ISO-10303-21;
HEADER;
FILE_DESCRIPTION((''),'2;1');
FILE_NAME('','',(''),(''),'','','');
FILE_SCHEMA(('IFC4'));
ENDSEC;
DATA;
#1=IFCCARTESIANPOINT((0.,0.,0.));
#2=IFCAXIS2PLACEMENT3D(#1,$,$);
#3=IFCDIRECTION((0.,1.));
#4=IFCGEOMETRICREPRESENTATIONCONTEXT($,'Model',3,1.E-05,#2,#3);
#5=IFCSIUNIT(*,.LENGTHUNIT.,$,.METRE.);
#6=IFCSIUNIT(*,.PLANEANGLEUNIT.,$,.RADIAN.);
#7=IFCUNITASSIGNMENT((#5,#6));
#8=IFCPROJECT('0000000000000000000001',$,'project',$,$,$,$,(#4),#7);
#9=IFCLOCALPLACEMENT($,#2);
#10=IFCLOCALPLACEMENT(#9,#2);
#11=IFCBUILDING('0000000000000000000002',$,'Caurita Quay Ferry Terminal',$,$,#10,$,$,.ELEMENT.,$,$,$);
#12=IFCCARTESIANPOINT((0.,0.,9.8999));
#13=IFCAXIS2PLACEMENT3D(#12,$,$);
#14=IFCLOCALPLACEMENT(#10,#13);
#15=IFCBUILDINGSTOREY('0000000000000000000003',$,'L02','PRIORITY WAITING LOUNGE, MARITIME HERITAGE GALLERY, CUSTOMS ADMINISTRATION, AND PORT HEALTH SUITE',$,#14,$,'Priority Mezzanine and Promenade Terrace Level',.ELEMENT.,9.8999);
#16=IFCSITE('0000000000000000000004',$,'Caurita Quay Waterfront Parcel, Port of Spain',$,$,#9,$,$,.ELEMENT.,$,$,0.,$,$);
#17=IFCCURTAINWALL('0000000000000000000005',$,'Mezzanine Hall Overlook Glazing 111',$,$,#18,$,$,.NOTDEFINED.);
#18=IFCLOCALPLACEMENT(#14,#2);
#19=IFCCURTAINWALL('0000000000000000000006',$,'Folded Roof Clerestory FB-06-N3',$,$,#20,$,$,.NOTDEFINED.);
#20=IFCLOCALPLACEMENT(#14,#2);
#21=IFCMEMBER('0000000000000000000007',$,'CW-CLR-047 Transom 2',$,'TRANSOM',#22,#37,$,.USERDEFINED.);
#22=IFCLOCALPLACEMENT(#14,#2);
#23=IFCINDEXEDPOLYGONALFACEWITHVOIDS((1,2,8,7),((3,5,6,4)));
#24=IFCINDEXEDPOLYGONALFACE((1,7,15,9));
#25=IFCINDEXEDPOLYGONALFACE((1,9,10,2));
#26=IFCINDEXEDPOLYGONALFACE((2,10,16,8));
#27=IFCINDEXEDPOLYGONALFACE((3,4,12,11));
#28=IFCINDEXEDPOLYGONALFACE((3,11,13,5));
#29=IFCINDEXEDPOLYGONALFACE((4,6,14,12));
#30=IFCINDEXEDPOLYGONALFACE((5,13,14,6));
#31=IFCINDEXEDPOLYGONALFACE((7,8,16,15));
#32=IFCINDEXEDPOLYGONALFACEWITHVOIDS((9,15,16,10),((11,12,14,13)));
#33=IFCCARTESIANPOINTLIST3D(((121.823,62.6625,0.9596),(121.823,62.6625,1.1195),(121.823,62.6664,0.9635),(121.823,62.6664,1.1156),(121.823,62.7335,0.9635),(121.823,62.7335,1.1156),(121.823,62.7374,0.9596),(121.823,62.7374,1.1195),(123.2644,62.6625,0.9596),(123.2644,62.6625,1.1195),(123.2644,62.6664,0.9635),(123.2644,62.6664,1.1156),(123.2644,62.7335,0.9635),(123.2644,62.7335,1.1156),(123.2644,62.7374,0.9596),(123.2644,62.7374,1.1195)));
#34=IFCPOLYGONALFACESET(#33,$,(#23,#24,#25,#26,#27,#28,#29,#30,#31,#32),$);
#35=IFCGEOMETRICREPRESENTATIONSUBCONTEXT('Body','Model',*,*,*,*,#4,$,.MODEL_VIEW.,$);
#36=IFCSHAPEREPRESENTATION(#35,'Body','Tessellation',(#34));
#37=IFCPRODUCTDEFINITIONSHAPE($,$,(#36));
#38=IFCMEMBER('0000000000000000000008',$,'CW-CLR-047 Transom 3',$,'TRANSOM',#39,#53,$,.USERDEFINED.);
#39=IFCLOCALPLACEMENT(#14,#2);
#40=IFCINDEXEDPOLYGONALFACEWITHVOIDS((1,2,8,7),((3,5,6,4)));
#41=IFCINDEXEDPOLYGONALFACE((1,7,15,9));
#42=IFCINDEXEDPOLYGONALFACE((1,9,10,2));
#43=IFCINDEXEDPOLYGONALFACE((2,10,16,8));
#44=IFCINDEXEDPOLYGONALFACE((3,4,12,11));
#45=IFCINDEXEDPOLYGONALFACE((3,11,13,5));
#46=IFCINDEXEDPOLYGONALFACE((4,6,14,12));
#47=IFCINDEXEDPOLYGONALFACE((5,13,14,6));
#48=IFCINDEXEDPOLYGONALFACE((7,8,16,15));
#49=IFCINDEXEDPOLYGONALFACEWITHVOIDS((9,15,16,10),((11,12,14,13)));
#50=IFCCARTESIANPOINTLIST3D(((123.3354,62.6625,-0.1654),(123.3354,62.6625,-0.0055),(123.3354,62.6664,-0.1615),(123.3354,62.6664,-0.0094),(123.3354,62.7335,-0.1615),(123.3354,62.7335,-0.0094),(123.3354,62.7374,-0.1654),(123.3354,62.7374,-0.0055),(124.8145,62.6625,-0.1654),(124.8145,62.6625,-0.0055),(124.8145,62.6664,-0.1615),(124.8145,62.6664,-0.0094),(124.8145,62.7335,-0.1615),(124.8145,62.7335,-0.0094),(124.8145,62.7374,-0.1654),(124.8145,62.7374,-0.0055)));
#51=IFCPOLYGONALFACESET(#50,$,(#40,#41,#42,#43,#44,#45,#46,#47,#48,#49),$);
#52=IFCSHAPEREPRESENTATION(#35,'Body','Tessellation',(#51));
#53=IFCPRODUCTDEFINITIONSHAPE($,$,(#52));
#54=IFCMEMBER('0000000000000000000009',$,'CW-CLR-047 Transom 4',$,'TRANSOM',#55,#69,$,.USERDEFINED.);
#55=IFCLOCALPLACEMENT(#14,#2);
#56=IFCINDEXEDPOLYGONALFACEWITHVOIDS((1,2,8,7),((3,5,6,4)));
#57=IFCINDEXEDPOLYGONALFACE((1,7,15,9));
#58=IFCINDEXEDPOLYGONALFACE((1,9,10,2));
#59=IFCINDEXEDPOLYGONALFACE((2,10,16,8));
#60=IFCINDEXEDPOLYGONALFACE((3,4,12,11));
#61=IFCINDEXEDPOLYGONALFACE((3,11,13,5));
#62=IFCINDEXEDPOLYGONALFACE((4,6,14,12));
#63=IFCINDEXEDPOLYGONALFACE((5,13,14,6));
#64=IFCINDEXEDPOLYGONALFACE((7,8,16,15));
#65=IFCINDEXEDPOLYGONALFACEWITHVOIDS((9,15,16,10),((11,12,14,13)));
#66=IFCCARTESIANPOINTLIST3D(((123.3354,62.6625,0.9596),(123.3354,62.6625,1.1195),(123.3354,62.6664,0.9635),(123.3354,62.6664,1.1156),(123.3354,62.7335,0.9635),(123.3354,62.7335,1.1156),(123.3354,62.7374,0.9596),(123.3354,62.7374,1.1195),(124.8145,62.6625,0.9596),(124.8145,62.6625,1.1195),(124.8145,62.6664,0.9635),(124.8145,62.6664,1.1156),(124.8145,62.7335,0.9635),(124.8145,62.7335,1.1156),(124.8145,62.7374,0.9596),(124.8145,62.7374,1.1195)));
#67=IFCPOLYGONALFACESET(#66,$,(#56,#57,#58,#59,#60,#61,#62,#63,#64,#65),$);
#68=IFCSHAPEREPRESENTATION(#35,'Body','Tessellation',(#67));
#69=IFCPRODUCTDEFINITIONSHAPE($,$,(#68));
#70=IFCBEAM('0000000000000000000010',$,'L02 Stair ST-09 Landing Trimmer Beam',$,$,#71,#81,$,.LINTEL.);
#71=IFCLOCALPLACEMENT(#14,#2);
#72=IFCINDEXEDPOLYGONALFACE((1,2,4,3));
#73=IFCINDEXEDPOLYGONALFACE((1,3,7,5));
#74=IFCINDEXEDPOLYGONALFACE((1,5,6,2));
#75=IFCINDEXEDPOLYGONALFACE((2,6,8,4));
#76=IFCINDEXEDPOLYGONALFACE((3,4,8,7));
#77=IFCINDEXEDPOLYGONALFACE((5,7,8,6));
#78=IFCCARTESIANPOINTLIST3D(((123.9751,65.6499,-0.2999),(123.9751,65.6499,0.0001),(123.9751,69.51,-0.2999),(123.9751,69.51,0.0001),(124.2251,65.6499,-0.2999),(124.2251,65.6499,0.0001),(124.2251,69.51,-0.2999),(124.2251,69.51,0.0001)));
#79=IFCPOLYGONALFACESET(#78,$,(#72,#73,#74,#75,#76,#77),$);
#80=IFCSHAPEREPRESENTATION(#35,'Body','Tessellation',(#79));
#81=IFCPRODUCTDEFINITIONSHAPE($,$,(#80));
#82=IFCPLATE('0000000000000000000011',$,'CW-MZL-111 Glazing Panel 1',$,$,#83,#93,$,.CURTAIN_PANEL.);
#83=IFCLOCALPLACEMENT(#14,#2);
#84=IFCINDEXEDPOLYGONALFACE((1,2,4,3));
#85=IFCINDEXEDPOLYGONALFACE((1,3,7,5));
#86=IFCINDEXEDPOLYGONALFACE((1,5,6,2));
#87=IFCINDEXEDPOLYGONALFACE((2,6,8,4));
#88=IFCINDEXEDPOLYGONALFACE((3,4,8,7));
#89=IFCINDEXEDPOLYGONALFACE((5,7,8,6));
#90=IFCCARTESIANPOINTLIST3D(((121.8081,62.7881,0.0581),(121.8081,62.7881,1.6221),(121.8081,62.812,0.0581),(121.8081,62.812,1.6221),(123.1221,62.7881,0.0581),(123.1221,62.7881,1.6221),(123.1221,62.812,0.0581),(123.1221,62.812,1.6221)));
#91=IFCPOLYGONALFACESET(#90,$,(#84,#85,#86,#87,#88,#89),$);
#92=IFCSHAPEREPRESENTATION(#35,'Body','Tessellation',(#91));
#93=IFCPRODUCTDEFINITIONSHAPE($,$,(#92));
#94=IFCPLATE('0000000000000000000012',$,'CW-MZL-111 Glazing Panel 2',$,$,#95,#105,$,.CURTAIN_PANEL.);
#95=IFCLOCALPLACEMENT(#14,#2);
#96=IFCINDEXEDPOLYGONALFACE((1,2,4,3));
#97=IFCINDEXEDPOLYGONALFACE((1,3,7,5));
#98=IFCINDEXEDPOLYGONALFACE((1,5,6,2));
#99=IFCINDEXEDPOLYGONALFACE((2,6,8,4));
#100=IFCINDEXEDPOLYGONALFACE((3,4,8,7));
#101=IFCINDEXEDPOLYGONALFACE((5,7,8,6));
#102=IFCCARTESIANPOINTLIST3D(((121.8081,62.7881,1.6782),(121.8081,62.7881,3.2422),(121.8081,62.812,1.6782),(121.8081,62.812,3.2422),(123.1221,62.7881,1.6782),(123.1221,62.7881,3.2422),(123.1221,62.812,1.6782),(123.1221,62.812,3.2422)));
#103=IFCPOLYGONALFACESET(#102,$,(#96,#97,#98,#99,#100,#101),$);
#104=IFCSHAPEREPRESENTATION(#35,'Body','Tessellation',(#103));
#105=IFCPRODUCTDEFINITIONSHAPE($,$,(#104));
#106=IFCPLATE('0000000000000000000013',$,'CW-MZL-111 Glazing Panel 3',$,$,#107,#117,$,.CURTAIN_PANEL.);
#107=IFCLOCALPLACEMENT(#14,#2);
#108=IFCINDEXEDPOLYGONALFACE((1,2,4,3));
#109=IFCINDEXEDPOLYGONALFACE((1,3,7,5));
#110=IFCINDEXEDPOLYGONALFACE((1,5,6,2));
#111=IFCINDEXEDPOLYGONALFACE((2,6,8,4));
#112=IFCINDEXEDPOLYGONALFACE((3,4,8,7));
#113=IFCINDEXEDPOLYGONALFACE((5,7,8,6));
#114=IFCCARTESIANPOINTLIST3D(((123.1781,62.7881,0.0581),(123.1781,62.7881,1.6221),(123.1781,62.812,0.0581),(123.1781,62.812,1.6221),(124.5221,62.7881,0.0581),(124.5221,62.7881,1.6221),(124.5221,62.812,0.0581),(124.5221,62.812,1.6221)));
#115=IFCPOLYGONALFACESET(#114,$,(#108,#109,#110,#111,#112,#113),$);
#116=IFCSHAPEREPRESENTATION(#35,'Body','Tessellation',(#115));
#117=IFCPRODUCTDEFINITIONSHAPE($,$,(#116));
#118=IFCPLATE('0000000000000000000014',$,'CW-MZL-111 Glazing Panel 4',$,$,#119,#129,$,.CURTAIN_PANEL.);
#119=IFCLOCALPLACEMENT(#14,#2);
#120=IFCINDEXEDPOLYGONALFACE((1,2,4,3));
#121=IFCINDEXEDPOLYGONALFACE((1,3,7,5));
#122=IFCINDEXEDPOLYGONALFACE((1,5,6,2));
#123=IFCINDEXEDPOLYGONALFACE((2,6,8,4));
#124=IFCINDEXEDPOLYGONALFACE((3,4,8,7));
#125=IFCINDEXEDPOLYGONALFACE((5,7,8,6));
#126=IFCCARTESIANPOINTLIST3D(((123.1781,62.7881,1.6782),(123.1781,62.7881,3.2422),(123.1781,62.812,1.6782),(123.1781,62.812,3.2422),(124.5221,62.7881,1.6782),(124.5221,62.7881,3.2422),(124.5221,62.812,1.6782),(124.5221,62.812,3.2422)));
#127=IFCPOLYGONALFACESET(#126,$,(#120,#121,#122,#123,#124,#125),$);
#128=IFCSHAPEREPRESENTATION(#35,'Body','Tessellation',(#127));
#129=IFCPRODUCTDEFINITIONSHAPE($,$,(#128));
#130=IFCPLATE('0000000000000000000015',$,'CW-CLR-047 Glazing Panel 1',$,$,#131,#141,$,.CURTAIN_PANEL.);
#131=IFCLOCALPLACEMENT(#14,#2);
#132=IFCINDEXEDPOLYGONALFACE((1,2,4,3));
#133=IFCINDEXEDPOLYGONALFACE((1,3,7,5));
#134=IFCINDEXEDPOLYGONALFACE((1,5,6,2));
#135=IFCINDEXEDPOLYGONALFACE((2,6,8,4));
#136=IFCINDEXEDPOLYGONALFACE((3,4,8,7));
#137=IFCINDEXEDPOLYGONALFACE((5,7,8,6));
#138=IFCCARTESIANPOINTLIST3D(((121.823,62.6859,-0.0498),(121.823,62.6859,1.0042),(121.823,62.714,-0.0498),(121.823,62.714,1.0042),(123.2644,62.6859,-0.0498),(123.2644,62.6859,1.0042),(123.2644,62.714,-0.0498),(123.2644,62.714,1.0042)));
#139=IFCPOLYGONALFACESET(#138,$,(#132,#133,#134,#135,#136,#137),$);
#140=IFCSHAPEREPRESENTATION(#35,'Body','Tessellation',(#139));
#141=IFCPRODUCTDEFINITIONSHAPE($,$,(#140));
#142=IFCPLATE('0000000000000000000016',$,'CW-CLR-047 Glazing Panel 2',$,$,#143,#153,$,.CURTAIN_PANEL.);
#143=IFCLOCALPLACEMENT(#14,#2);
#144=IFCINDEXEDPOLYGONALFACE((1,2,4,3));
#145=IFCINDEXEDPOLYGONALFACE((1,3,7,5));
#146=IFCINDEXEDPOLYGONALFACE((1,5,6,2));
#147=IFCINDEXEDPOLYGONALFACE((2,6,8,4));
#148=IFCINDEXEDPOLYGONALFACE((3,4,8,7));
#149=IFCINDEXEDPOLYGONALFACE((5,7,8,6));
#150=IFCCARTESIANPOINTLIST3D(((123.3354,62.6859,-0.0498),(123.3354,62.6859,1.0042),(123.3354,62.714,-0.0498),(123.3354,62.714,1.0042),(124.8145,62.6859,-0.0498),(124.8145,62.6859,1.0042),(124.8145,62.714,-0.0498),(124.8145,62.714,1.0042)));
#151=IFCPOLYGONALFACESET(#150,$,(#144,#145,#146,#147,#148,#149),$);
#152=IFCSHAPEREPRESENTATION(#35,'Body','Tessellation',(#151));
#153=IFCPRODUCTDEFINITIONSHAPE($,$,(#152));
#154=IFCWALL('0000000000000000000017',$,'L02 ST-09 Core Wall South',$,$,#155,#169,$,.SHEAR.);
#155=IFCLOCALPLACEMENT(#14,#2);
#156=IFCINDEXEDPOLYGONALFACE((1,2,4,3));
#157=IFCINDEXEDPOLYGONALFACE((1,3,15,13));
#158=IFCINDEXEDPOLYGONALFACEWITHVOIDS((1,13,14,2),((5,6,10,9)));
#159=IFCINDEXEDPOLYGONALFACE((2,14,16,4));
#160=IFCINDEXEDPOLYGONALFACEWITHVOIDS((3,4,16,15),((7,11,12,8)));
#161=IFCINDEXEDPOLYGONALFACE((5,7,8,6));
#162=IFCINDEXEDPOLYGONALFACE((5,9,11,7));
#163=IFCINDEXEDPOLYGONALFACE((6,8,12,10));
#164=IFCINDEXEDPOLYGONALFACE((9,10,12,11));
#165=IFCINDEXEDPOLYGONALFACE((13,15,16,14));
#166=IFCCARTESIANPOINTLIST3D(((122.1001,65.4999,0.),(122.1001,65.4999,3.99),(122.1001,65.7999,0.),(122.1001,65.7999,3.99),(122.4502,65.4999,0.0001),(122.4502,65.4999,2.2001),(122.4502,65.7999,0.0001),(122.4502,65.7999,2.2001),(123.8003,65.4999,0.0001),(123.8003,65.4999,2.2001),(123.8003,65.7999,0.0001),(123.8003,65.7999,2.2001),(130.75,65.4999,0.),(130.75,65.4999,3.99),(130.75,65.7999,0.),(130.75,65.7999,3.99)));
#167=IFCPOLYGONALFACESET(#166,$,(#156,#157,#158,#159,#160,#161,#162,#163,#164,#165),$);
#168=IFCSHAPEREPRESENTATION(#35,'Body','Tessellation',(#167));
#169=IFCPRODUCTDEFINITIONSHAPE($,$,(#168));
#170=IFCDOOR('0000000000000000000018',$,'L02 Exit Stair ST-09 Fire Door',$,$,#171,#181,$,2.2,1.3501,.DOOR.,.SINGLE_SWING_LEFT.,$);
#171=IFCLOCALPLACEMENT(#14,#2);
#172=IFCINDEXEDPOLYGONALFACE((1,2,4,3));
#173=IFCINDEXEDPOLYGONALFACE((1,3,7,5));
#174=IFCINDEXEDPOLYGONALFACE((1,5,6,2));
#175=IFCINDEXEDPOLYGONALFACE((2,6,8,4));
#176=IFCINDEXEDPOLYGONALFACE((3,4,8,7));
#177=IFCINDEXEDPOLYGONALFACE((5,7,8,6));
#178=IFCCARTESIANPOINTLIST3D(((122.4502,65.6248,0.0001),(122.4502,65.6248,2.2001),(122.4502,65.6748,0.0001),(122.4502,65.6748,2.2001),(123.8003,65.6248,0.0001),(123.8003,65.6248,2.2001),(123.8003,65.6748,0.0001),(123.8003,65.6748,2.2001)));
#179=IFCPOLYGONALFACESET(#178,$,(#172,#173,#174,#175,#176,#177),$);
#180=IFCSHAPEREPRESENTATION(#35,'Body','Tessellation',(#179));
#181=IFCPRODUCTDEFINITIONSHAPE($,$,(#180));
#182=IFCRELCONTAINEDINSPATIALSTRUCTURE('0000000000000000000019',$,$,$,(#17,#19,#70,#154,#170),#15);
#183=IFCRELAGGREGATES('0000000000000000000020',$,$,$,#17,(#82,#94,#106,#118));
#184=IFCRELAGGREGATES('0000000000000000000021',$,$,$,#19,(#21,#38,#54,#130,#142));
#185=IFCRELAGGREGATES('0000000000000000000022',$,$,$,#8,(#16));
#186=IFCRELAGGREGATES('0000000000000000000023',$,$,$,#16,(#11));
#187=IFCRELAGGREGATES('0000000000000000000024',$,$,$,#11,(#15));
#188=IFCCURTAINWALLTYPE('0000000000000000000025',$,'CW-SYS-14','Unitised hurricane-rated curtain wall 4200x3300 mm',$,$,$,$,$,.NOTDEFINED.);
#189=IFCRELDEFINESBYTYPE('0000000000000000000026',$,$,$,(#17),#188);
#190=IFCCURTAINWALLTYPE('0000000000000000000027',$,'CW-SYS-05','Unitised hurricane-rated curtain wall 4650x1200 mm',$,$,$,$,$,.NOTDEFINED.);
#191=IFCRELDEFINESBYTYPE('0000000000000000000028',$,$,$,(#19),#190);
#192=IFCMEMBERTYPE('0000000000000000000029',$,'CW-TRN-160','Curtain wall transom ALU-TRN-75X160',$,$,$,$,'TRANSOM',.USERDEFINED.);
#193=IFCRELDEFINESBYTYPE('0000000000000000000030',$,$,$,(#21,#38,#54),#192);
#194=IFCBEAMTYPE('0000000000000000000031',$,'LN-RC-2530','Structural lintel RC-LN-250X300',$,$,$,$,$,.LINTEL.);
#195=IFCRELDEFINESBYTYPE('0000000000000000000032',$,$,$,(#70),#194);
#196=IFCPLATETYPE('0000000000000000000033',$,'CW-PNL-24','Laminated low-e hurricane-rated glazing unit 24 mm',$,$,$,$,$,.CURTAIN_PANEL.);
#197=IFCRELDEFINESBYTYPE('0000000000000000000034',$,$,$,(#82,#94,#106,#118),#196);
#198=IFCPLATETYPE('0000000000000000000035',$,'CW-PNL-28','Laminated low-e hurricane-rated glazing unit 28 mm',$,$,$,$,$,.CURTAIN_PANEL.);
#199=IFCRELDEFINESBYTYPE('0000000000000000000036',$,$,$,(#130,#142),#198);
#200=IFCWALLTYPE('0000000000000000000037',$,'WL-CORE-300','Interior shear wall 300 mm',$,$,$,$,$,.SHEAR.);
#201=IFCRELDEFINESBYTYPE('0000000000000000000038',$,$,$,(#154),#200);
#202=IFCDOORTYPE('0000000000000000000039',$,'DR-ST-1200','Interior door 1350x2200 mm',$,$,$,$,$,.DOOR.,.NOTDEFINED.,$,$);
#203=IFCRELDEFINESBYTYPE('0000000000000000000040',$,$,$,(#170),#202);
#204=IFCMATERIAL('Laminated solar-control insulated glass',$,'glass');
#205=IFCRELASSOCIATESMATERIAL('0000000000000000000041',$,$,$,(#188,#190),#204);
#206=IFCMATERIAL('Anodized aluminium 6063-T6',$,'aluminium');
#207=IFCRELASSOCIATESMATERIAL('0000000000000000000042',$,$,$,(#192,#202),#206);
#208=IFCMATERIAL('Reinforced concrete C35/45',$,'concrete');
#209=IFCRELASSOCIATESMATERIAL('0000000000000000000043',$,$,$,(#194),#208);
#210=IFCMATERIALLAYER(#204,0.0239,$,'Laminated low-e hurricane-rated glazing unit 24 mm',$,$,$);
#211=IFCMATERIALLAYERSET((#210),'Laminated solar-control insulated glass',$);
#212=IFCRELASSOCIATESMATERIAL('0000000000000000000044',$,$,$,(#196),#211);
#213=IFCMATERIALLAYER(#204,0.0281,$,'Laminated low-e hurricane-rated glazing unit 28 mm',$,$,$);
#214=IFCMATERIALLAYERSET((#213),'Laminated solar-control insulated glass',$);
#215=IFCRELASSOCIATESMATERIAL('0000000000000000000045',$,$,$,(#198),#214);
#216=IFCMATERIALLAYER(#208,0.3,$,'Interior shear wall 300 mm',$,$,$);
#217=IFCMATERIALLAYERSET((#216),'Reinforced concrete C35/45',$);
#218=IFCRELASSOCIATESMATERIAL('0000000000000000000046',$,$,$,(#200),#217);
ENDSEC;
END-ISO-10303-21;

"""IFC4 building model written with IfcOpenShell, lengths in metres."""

from ifc_helpers import new_model, si_unit, direction, frame, frame_2d, origin, origin_2d, place, context, subcontext, project, spatial, rectangle, hollow_rectangle, extrude, material, layer, layer_set, material_profile, profile_set, type_object, element, fill, aggregate, save


model = new_model("IFC4")

# Units and contexts
model_context = context("Model", 3, precision=1e-05, world=origin(), true_north=direction((0.0, 1.0)))
body_context = subcontext(model_context, "Body", "Model", "MODEL_VIEW")
ifc_project = project(units=[si_unit("LENGTHUNIT", "METRE"), si_unit("PLANEANGLEUNIT", "RADIAN")], contexts=[model_context])

# Site, building, storey
site_placement = place(None, origin())
site = spatial("IfcSite", under=ifc_project, at=site_placement, Name="Caurita Quay Waterfront Parcel, Port of Spain", CompositionType="ELEMENT", RefElevation=0.0)
building_placement = place(site_placement, origin())
building = spatial("IfcBuilding", under=site, at=building_placement, Name="Caurita Quay Ferry Terminal", CompositionType="ELEMENT")
storey_placement = place(building_placement, frame((0.0, 0.0, 9.8999)))
storey = spatial("IfcBuildingStorey", under=building, at=storey_placement, Name="L02", Description="PRIORITY WAITING LOUNGE, MARITIME HERITAGE GALLERY, CUSTOMS ADMINISTRATION, AND PORT HEALTH SUITE", LongName="Priority Mezzanine and Promenade Terrace Level", CompositionType="ELEMENT", Elevation=9.8999)

# Curtain wall
ifc_material_1 = material(Name="Laminated solar-control insulated glass", Category="glass")
curtain_wall_type_1 = type_object("IfcCurtainWallType", Name="CW-SYS-14", Description="Unitised hurricane-rated curtain wall 4200x3300 mm", PredefinedType="NOTDEFINED", material=ifc_material_1)
curtain_wall_1_placement = place(storey_placement, origin())
curtain_wall_1 = element("IfcCurtainWall", 1, at=curtain_wall_1_placement, inside=storey, type_object=curtain_wall_type_1, Name="Mezzanine Hall Overlook Glazing 111", PredefinedType="NOTDEFINED")
ifc_material_2 = material(Name="Anodized aluminium 6063-T6", Category="aluminium")

# Curtain wall
curtain_wall_type_2 = type_object("IfcCurtainWallType", Name="CW-SYS-05", Description="Unitised hurricane-rated curtain wall 4650x1200 mm", PredefinedType="NOTDEFINED", material=ifc_material_1)
curtain_wall_2_placement = place(storey_placement, origin())
curtain_wall_2 = element("IfcCurtainWall", 2, at=curtain_wall_2_placement, inside=storey, type_object=curtain_wall_type_2, Name="Folded Roof Clerestory FB-06-N3", PredefinedType="NOTDEFINED")

# Members
ifc_material_profile_1 = material_profile(ifc_material_2, hollow_rectangle(XDim=0.075, YDim=0.1599, WallThickness=0.0039, at=origin_2d()), Name="ALU-TRN-75X160")
ifc_profile_set_1 = profile_set([ifc_material_profile_1], Name="Anodized aluminium 6063-T6")
member_type_1 = type_object("IfcMemberType", Name="CW-TRN-160", Description="Curtain wall transom ALU-TRN-75X160", ElementType="TRANSOM", PredefinedType="USERDEFINED", material=ifc_profile_set_1)
member_1_placement = place(storey_placement, frame((121.823, 62.7, 1.0396), z_axis=(1.0, 0.0, 0.0), x_axis=(0.0, 1.0, 0.0)))
member_1 = element("IfcMember", 3, at=member_1_placement, type_object=member_type_1, Name="CW-CLR-047 Transom 2", ObjectType="TRANSOM", PredefinedType="USERDEFINED", context=body_context, shape_type="SweptSolid", body=[
    extrude(hollow_rectangle(XDim=0.075, YDim=0.1599, WallThickness=0.0039, at=origin_2d()), origin(), (0.0, 0.0, 1.0), 1.4414),
])
member_2_placement = place(storey_placement, frame((123.3354, 62.7, -0.0854), z_axis=(1.0, 0.0, 0.0), x_axis=(0.0, 1.0, 0.0)))
member_2 = element("IfcMember", 4, at=member_2_placement, type_object=member_type_1, Name="CW-CLR-047 Transom 3", ObjectType="TRANSOM", PredefinedType="USERDEFINED", context=body_context, shape_type="SweptSolid", body=[
    extrude(hollow_rectangle(XDim=0.075, YDim=0.1599, WallThickness=0.0039, at=origin_2d()), origin(), (0.0, 0.0, 1.0), 1.479),
])
member_3_placement = place(storey_placement, frame((123.3354, 62.7, 1.0396), z_axis=(1.0, 0.0, 0.0), x_axis=(0.0, 1.0, 0.0)))
member_3 = element("IfcMember", 5, at=member_3_placement, type_object=member_type_1, Name="CW-CLR-047 Transom 4", ObjectType="TRANSOM", PredefinedType="USERDEFINED", context=body_context, shape_type="SweptSolid", body=[
    extrude(hollow_rectangle(XDim=0.075, YDim=0.1599, WallThickness=0.0039, at=origin_2d()), origin(), (0.0, 0.0, 1.0), 1.479),
])

# Beam
ifc_material_3 = material(Name="Reinforced concrete C35/45", Category="concrete")
ifc_material_profile_2 = material_profile(ifc_material_3, rectangle(XDim=0.25, YDim=0.3, at=origin_2d()), Name="RC-LN-250X300")
ifc_profile_set_2 = profile_set([ifc_material_profile_2], Name="Reinforced concrete C35/45")
beam_type = type_object("IfcBeamType", Name="LN-RC-2530", Description="Structural lintel RC-LN-250X300", PredefinedType="LINTEL", material=ifc_profile_set_2)
beam_placement = place(storey_placement, frame((124.1001, 65.6499, -0.1499), z_axis=(0.0, 1.0, 0.0), x_axis=(-1.0, 0.0, 0.0)))
element("IfcBeam", 6, at=beam_placement, inside=storey, type_object=beam_type, Name="L02 Stair ST-09 Landing Trimmer Beam", PredefinedType="LINTEL", context=body_context, shape_type="SweptSolid", body=[
    extrude(rectangle(XDim=0.25, YDim=0.3, at=origin_2d()), origin(), (0.0, 0.0, 1.0), 3.8601),
])

# Plates
ifc_layer_1 = layer(ifc_material_1, 0.0239, Name="Laminated low-e hurricane-rated glazing unit 24 mm")
ifc_layer_set_1 = layer_set([ifc_layer_1], Name="Laminated solar-control insulated glass")
plate_type_1 = type_object("IfcPlateType", Name="CW-PNL-24", Description="Laminated low-e hurricane-rated glazing unit 24 mm", PredefinedType="CURTAIN_PANEL", material=ifc_layer_set_1)
plate_1_placement = place(storey_placement, frame((122.4651, 62.8, 0.0581), z_axis=(0.0, 0.0, 1.0), x_axis=(1.0, 0.0, 0.0)))
plate_1 = element("IfcPlate", 7, at=plate_1_placement, type_object=plate_type_1, Name="CW-MZL-111 Glazing Panel 1", PredefinedType="CURTAIN_PANEL", context=body_context, shape_type="SweptSolid", body=[
    extrude(rectangle(XDim=1.314, YDim=0.0239, at=origin_2d()), origin(), (0.0, 0.0, 1.0), 1.564),
])
plate_2_placement = place(storey_placement, frame((122.4651, 62.8, 1.6782), z_axis=(0.0, 0.0, 1.0), x_axis=(1.0, 0.0, 0.0)))
plate_2 = element("IfcPlate", 8, at=plate_2_placement, type_object=plate_type_1, Name="CW-MZL-111 Glazing Panel 2", PredefinedType="CURTAIN_PANEL", context=body_context, shape_type="SweptSolid", body=[
    extrude(rectangle(XDim=1.314, YDim=0.0239, at=origin_2d()), origin(), (0.0, 0.0, 1.0), 1.564),
])
plate_3_placement = place(storey_placement, frame((123.8501, 62.8, 0.0581), z_axis=(0.0, 0.0, 1.0), x_axis=(1.0, 0.0, 0.0)))
plate_3 = element("IfcPlate", 9, at=plate_3_placement, type_object=plate_type_1, Name="CW-MZL-111 Glazing Panel 3", PredefinedType="CURTAIN_PANEL", context=body_context, shape_type="SweptSolid", body=[
    extrude(rectangle(XDim=1.344, YDim=0.0239, at=origin_2d()), origin(), (0.0, 0.0, 1.0), 1.564),
])
plate_4_placement = place(storey_placement, frame((123.8501, 62.8, 1.6782), z_axis=(0.0, 0.0, 1.0), x_axis=(1.0, 0.0, 0.0)))
plate_4 = element("IfcPlate", 10, at=plate_4_placement, type_object=plate_type_1, Name="CW-MZL-111 Glazing Panel 4", PredefinedType="CURTAIN_PANEL", context=body_context, shape_type="SweptSolid", body=[
    extrude(rectangle(XDim=1.344, YDim=0.0239, at=origin_2d()), origin(), (0.0, 0.0, 1.0), 1.564),
])
aggregate(curtain_wall_1, [plate_1, plate_2, plate_3, plate_4])
ifc_layer_2 = layer(ifc_material_1, 0.0281, Name="Laminated low-e hurricane-rated glazing unit 28 mm")
ifc_layer_set_2 = layer_set([ifc_layer_2], Name="Laminated solar-control insulated glass")
plate_type_2 = type_object("IfcPlateType", Name="CW-PNL-28", Description="Laminated low-e hurricane-rated glazing unit 28 mm", PredefinedType="CURTAIN_PANEL", material=ifc_layer_set_2)
plate_5_placement = place(storey_placement, frame((122.5437, 62.7, -0.0498), z_axis=(0.0, 0.0, 1.0), x_axis=(1.0, 0.0, 0.0)))
plate_5 = element("IfcPlate", 11, at=plate_5_placement, type_object=plate_type_2, Name="CW-CLR-047 Glazing Panel 1", PredefinedType="CURTAIN_PANEL", context=body_context, shape_type="SweptSolid", body=[
    extrude(rectangle(XDim=1.4414, YDim=0.0281, at=origin_2d()), origin(), (0.0, 0.0, 1.0), 1.054),
])
plate_6_placement = place(storey_placement, frame((124.075, 62.7, -0.0498), z_axis=(0.0, 0.0, 1.0), x_axis=(1.0, 0.0, 0.0)))
plate_6 = element("IfcPlate", 12, at=plate_6_placement, type_object=plate_type_2, Name="CW-CLR-047 Glazing Panel 2", PredefinedType="CURTAIN_PANEL", context=body_context, shape_type="SweptSolid", body=[
    extrude(rectangle(XDim=1.479, YDim=0.0281, at=origin_2d()), origin(), (0.0, 0.0, 1.0), 1.054),
])
aggregate(curtain_wall_2, [member_1, member_2, member_3, plate_5, plate_6])

# Wall, opening, door
ifc_layer_3 = layer(ifc_material_3, 0.3, Name="Interior shear wall 300 mm")
ifc_layer_set_3 = layer_set([ifc_layer_3], Name="Reinforced concrete C35/45")
wall_type = type_object("IfcWallType", Name="WL-CORE-300", Description="Interior shear wall 300 mm", PredefinedType="SHEAR", material=ifc_layer_set_3)
wall_placement = place(storey_placement, frame((122.1001, 65.6499, 0.0), z_axis=(0.0, 0.0, 1.0), x_axis=(1.0, 0.0, 0.0)))
wall = element("IfcWall", 13, at=wall_placement, inside=storey, type_object=wall_type, Name="L02 ST-09 Core Wall South", PredefinedType="SHEAR", context=body_context, shape_type="SweptSolid", body=[
    extrude(rectangle(XDim=8.6499, YDim=0.3, at=frame_2d((4.325, 0.0))), origin(), (0.0, 0.0, 1.0), 3.99),
])
opening_placement = place(wall_placement, frame((0.3501, 0.0, 0.0)))
opening = element("IfcOpeningElement", 14, at=opening_placement, cuts=wall, PredefinedType="OPENING", context=body_context, shape_type="SweptSolid", body=[
    extrude(rectangle(XDim=1.3501, YDim=2.2, at=frame_2d((0.675, 1.1001))), frame((0.0, 0.1599, 0.0), z_axis=(0.0, -1.0, 0.0), x_axis=(1.0, 0.0, 0.0)), (0.0, 0.0, 1.0), 0.3201),
])
door_type = type_object("IfcDoorType", Name="DR-ST-1200", Description="Interior door 1350x2200 mm", OperationType="NOTDEFINED", PredefinedType="DOOR", material=ifc_material_2)
door_placement = place(opening_placement, origin())
door = element("IfcDoor", 15, at=door_placement, inside=storey, type_object=door_type, Name="L02 Exit Stair ST-09 Fire Door", OperationType="SINGLE_SWING_LEFT", OverallHeight=2.2, OverallWidth=1.3501, PredefinedType="DOOR", context=body_context, shape_type="SweptSolid", body=[
    extrude(rectangle(XDim=1.3501, YDim=2.2, at=frame_2d((0.675, 1.1001))), frame((0.0, 0.0249, 0.0), z_axis=(0.0, -1.0, 0.0), x_axis=(1.0, 0.0, 0.0)), (0.0, 0.0, 1.0), 0.05),
])
fill(opening, door)

save(model, "model.ifc")
